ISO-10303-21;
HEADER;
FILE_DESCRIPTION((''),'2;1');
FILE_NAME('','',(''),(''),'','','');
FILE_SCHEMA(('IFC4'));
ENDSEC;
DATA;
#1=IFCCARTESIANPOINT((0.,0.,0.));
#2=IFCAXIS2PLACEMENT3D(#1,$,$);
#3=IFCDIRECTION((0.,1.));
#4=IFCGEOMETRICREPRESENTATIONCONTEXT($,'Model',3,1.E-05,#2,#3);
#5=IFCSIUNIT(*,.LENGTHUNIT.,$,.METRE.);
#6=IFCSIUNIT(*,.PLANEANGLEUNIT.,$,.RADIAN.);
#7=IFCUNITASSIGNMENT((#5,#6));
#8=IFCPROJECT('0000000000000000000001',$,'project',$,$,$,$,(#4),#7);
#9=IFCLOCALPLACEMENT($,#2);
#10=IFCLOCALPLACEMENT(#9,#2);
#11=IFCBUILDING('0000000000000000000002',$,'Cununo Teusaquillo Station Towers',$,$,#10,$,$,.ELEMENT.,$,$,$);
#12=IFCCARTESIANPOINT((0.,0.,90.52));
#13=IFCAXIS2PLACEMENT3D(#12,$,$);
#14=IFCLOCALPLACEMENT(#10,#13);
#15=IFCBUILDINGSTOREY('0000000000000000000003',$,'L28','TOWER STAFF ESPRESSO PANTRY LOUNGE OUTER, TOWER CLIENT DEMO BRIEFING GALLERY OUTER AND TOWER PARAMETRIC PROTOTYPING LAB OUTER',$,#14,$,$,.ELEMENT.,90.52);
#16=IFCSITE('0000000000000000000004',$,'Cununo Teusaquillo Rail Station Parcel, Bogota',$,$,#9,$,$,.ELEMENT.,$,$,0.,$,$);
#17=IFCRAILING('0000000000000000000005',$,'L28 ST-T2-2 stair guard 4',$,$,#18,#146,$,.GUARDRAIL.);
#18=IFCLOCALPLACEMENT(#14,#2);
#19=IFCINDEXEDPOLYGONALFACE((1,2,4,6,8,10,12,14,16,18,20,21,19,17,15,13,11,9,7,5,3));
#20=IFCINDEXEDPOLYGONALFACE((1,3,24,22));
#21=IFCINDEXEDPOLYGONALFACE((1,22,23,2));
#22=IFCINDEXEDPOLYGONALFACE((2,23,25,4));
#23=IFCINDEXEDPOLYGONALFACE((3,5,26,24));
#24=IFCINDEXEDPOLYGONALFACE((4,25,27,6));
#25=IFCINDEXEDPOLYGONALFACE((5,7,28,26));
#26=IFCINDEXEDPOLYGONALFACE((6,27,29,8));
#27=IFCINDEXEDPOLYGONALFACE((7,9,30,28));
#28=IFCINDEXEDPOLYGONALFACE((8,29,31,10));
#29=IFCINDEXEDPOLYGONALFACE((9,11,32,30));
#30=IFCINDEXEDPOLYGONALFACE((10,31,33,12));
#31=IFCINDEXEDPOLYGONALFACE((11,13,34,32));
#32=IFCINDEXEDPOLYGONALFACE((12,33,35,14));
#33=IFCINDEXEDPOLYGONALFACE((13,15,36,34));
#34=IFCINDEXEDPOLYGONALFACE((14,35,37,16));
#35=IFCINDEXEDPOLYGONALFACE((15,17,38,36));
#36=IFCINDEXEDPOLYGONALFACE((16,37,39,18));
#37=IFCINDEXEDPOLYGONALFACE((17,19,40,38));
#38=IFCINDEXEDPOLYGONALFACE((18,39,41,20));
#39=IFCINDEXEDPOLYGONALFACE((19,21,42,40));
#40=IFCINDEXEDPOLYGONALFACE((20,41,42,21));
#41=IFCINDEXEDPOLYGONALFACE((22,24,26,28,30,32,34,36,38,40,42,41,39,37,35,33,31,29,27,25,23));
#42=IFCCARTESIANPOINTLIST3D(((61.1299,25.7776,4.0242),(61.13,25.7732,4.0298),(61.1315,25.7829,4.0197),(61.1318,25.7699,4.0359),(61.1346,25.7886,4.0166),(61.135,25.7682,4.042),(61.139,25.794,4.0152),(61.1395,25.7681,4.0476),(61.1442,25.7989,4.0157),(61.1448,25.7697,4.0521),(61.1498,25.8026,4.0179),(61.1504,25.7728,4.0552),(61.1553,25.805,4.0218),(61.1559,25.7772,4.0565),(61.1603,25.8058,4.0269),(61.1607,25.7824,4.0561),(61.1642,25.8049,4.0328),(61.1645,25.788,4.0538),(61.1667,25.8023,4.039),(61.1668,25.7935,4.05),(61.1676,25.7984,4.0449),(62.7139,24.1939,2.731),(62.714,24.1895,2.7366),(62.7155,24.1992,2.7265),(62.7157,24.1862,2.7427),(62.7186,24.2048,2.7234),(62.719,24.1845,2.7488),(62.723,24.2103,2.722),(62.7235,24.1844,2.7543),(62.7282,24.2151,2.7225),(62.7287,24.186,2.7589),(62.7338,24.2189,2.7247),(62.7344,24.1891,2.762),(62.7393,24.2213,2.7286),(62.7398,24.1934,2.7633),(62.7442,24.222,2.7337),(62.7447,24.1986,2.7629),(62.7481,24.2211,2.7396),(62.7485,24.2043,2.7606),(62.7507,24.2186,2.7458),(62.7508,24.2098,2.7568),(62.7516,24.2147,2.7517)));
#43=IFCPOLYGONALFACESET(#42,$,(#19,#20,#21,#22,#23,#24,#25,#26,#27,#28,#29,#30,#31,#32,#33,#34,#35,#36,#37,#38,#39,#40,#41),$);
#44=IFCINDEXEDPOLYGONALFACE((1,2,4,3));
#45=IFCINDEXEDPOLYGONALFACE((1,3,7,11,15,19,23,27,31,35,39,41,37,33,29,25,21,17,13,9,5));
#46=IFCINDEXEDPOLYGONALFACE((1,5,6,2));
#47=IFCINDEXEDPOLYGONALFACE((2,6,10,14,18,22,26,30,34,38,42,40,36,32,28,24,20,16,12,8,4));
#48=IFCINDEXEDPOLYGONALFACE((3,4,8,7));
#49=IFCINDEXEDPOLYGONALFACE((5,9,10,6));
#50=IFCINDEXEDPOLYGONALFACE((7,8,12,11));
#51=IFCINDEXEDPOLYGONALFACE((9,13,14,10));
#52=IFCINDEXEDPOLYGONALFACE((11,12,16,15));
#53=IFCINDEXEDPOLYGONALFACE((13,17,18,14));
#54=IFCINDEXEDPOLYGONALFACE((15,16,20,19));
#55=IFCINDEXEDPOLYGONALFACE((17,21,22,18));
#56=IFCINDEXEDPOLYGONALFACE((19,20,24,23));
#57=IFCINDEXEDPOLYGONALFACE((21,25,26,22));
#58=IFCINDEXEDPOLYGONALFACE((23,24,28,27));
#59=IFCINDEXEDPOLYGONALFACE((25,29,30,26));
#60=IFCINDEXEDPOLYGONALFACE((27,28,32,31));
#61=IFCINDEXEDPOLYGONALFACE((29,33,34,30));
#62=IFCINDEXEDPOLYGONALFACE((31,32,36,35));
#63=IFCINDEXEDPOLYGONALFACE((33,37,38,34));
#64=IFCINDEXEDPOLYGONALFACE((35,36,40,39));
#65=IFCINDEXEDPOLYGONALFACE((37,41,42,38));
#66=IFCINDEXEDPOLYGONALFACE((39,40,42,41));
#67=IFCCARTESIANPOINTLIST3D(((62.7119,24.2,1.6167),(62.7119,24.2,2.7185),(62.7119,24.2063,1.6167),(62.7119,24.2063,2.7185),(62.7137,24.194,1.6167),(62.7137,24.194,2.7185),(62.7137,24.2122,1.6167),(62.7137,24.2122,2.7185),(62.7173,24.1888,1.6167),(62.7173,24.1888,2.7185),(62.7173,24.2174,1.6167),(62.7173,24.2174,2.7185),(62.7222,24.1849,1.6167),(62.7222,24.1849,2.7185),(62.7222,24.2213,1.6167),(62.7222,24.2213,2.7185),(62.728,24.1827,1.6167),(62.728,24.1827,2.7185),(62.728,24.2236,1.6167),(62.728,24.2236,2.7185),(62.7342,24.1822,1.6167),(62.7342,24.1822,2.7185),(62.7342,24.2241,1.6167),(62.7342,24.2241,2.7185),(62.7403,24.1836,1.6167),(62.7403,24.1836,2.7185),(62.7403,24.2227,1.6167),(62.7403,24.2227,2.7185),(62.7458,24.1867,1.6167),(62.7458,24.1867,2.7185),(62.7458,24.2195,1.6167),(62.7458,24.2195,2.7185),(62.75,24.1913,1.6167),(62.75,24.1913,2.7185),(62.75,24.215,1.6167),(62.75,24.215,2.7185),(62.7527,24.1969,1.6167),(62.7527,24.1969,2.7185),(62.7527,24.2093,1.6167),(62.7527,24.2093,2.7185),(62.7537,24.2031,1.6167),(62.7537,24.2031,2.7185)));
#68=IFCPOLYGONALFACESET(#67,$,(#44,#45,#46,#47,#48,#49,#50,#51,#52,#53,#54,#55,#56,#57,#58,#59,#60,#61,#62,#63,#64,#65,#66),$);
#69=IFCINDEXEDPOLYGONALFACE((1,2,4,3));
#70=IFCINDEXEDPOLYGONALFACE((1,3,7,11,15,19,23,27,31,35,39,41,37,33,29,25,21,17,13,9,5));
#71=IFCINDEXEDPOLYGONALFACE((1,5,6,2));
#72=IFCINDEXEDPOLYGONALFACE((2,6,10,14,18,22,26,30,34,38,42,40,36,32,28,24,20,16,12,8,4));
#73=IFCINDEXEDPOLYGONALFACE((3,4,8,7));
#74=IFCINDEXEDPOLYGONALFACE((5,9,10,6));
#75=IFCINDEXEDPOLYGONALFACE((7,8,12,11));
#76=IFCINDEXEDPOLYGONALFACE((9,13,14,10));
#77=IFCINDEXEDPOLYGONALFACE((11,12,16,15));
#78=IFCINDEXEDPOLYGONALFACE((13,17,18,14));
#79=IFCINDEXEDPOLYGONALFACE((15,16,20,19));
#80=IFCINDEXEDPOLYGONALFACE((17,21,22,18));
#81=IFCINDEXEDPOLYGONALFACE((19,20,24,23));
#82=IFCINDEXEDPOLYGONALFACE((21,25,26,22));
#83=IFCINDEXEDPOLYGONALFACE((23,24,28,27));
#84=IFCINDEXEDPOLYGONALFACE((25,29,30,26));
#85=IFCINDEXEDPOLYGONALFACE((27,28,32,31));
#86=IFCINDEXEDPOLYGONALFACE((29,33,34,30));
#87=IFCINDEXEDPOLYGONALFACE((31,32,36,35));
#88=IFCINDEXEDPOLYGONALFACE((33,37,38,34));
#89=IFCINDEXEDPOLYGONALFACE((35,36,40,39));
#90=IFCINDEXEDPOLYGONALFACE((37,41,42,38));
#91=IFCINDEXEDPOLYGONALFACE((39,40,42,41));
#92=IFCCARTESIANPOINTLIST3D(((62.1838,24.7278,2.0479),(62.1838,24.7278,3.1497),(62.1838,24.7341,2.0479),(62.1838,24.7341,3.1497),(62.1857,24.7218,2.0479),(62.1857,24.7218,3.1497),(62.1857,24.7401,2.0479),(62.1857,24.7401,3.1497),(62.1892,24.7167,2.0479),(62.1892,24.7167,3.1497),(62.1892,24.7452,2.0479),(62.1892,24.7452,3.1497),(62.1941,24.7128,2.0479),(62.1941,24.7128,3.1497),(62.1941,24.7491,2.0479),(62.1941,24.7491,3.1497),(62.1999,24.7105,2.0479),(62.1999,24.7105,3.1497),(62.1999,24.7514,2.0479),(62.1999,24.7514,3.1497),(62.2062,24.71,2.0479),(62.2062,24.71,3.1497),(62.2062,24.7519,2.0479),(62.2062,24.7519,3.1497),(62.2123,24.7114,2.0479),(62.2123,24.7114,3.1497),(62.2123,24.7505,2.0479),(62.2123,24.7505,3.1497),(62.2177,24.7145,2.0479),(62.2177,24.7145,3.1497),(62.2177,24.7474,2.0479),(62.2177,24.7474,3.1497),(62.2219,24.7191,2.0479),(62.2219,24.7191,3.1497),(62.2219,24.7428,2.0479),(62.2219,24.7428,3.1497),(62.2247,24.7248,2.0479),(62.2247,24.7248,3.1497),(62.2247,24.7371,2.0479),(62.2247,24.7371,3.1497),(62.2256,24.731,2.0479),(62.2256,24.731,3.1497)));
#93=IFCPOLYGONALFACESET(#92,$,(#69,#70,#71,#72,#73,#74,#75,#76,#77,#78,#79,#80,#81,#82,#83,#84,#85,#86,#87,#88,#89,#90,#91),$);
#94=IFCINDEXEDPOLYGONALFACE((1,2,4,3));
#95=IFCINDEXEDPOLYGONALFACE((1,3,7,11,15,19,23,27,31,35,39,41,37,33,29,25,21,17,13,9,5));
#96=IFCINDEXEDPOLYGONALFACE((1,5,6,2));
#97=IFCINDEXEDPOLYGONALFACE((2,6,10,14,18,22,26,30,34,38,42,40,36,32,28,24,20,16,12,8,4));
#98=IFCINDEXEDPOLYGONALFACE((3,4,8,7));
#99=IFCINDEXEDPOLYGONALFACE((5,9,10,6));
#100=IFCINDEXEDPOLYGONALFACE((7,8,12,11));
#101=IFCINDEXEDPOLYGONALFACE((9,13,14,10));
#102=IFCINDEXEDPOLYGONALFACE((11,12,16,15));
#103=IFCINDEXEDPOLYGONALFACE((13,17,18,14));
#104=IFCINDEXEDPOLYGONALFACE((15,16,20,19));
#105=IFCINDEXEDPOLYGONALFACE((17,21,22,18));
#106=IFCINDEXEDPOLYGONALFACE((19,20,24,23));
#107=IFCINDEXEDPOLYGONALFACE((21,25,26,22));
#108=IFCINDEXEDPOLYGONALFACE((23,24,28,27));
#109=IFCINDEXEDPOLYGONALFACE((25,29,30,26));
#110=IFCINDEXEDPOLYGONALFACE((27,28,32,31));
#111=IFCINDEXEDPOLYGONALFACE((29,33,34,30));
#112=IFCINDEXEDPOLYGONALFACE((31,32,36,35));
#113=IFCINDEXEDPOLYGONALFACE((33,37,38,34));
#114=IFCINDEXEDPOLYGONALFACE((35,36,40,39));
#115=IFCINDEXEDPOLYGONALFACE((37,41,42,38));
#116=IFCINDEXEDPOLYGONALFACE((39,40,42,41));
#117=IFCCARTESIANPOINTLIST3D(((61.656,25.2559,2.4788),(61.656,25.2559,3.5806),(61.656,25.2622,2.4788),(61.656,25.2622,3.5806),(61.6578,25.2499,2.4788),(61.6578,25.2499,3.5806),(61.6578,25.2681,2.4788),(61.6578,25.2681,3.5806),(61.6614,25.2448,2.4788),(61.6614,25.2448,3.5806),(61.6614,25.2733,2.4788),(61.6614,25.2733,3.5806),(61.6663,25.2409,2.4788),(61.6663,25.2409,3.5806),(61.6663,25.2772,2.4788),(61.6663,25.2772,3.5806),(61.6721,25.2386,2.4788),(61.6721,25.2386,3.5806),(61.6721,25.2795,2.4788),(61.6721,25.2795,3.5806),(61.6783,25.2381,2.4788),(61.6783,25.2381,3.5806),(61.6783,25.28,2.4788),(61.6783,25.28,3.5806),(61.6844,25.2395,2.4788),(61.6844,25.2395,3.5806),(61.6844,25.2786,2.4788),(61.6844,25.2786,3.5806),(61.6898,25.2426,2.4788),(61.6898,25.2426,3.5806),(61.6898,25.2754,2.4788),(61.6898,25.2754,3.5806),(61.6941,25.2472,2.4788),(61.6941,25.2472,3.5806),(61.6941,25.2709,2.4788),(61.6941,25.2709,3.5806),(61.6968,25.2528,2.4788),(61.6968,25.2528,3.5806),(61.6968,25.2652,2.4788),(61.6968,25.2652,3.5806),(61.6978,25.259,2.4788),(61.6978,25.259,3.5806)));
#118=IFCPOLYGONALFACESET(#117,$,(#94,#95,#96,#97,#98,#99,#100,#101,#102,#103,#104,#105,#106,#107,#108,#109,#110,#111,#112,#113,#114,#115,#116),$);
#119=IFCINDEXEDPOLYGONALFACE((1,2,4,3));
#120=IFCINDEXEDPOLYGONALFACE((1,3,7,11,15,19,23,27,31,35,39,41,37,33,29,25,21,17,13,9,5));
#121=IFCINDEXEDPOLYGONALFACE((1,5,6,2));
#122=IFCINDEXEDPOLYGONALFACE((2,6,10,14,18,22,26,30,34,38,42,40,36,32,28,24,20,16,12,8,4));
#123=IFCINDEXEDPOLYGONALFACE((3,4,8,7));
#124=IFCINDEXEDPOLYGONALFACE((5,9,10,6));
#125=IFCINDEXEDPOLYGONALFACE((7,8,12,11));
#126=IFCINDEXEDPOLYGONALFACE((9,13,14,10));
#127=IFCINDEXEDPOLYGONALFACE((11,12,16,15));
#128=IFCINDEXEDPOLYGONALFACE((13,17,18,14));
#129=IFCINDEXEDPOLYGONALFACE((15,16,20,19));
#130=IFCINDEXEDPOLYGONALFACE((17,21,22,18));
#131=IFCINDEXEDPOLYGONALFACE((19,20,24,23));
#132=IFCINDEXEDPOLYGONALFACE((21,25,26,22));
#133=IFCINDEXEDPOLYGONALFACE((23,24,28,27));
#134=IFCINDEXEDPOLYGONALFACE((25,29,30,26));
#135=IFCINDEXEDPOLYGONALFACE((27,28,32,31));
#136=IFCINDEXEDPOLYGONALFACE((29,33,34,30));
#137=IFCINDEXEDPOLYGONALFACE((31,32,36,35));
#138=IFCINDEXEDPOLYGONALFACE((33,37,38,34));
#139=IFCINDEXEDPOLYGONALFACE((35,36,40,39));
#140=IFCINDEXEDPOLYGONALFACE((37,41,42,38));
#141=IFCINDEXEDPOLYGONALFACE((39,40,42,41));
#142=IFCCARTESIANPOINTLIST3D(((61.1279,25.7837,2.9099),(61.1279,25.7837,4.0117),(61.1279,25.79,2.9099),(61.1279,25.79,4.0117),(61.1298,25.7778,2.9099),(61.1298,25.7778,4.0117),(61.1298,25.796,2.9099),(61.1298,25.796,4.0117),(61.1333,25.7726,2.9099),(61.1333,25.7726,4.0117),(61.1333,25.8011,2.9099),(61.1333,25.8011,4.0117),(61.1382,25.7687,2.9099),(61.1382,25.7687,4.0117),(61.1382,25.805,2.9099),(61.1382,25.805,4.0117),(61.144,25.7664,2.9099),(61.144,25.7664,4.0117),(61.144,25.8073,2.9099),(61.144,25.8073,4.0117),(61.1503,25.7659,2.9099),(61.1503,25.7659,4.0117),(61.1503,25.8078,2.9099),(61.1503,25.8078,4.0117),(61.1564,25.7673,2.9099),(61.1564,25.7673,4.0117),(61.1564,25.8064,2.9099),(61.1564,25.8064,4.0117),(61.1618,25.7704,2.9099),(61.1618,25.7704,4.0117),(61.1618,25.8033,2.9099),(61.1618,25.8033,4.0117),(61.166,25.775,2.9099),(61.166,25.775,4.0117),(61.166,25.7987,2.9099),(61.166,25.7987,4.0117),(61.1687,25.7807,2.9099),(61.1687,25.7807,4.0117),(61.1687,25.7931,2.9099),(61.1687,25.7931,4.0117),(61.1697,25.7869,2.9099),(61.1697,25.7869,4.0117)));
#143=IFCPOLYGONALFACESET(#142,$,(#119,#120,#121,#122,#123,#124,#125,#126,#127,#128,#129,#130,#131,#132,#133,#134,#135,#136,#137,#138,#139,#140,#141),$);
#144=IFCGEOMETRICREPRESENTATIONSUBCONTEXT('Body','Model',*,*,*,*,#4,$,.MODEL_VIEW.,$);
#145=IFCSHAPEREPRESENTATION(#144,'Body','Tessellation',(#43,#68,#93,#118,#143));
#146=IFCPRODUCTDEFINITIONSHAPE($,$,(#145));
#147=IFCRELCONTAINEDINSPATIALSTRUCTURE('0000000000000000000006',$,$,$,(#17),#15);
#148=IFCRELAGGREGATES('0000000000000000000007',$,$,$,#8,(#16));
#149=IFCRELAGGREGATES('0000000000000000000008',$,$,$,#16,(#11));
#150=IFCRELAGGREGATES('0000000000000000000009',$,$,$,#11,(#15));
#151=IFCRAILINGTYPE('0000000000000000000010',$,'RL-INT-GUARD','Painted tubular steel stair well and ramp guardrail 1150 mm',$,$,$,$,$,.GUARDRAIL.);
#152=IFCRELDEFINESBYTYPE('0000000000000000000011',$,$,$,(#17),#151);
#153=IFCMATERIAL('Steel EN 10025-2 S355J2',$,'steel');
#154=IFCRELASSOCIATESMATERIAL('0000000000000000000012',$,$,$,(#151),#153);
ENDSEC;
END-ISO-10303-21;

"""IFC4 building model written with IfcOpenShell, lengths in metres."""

from ifc_helpers import new_model, si_unit, direction, frame, origin, origin_2d, place, context, subcontext, project, spatial, circle, extrude, material, type_object, element, save


model = new_model("IFC4")

# Units and contexts
model_context = context("Model", 3, precision=1e-05, world=origin(), true_north=direction((0.0, 1.0)))
body_context = subcontext(model_context, "Body", "Model", "MODEL_VIEW")
ifc_project = project(units=[si_unit("LENGTHUNIT", "METRE"), si_unit("PLANEANGLEUNIT", "RADIAN")], contexts=[model_context])

# Site, building, storey
site_placement = place(None, origin())
site = spatial("IfcSite", under=ifc_project, at=site_placement, Name="Cununo Teusaquillo Rail Station Parcel, Bogota", CompositionType="ELEMENT", RefElevation=0.0)
building_placement = place(site_placement, origin())
building = spatial("IfcBuilding", under=site, at=building_placement, Name="Cununo Teusaquillo Station Towers", CompositionType="ELEMENT")
storey_placement = place(building_placement, frame((0.0, 0.0, 90.52)))
storey = spatial("IfcBuildingStorey", under=building, at=storey_placement, Name="L28", Description="TOWER STAFF ESPRESSO PANTRY LOUNGE OUTER, TOWER CLIENT DEMO BRIEFING GALLERY OUTER AND TOWER PARAMETRIC PROTOTYPING LAB OUTER", CompositionType="ELEMENT", Elevation=90.52)

# Railing
ifc_material_1 = material(Name="Steel EN 10025-2 S355J2", Category="steel")
railing_type_1 = type_object("IfcRailingType", Name="RL-INT-GUARD", Description="Painted tubular steel stair well and ramp guardrail 1150 mm", PredefinedType="GUARDRAIL", material=ifc_material_1)
railing_1_placement = place(storey_placement, frame((62.7327, 24.2031, 1.6167)))
element("IfcRailing", 1, at=railing_1_placement, inside=storey, type_object=railing_type_1, Name="L28 ST-T2-2 stair guard 4", PredefinedType="GUARDRAIL", context=body_context, shape_type="SweptSolid", body=[
    extrude(circle(Radius=0.0239, at=origin_2d()), frame((0.0, 0.0, 1.126), z_axis=(-0.61242, 0.612326, 0.499998), x_axis=(-0.707052, -0.707161, 0.0)), (0.0, 0.0, 1.0), 2.5864),
    extrude(circle(Radius=0.021, at=origin_2d()), origin(), (0.0, 0.0, 1.0), 1.1018),
    extrude(circle(Radius=0.021, at=origin_2d()), frame((-0.5281, 0.5278, 0.4312)), (0.0, 0.0, 1.0), 1.1018),
    extrude(circle(Radius=0.021, at=origin_2d()), frame((-1.0559, 1.0559, 0.8621)), (0.0, 0.0, 1.0), 1.1018),
    extrude(circle(Radius=0.021, at=origin_2d()), frame((-1.584, 1.5837, 1.2932)), (0.0, 0.0, 1.0), 1.1018),
])

save(model, "model.ifc")
